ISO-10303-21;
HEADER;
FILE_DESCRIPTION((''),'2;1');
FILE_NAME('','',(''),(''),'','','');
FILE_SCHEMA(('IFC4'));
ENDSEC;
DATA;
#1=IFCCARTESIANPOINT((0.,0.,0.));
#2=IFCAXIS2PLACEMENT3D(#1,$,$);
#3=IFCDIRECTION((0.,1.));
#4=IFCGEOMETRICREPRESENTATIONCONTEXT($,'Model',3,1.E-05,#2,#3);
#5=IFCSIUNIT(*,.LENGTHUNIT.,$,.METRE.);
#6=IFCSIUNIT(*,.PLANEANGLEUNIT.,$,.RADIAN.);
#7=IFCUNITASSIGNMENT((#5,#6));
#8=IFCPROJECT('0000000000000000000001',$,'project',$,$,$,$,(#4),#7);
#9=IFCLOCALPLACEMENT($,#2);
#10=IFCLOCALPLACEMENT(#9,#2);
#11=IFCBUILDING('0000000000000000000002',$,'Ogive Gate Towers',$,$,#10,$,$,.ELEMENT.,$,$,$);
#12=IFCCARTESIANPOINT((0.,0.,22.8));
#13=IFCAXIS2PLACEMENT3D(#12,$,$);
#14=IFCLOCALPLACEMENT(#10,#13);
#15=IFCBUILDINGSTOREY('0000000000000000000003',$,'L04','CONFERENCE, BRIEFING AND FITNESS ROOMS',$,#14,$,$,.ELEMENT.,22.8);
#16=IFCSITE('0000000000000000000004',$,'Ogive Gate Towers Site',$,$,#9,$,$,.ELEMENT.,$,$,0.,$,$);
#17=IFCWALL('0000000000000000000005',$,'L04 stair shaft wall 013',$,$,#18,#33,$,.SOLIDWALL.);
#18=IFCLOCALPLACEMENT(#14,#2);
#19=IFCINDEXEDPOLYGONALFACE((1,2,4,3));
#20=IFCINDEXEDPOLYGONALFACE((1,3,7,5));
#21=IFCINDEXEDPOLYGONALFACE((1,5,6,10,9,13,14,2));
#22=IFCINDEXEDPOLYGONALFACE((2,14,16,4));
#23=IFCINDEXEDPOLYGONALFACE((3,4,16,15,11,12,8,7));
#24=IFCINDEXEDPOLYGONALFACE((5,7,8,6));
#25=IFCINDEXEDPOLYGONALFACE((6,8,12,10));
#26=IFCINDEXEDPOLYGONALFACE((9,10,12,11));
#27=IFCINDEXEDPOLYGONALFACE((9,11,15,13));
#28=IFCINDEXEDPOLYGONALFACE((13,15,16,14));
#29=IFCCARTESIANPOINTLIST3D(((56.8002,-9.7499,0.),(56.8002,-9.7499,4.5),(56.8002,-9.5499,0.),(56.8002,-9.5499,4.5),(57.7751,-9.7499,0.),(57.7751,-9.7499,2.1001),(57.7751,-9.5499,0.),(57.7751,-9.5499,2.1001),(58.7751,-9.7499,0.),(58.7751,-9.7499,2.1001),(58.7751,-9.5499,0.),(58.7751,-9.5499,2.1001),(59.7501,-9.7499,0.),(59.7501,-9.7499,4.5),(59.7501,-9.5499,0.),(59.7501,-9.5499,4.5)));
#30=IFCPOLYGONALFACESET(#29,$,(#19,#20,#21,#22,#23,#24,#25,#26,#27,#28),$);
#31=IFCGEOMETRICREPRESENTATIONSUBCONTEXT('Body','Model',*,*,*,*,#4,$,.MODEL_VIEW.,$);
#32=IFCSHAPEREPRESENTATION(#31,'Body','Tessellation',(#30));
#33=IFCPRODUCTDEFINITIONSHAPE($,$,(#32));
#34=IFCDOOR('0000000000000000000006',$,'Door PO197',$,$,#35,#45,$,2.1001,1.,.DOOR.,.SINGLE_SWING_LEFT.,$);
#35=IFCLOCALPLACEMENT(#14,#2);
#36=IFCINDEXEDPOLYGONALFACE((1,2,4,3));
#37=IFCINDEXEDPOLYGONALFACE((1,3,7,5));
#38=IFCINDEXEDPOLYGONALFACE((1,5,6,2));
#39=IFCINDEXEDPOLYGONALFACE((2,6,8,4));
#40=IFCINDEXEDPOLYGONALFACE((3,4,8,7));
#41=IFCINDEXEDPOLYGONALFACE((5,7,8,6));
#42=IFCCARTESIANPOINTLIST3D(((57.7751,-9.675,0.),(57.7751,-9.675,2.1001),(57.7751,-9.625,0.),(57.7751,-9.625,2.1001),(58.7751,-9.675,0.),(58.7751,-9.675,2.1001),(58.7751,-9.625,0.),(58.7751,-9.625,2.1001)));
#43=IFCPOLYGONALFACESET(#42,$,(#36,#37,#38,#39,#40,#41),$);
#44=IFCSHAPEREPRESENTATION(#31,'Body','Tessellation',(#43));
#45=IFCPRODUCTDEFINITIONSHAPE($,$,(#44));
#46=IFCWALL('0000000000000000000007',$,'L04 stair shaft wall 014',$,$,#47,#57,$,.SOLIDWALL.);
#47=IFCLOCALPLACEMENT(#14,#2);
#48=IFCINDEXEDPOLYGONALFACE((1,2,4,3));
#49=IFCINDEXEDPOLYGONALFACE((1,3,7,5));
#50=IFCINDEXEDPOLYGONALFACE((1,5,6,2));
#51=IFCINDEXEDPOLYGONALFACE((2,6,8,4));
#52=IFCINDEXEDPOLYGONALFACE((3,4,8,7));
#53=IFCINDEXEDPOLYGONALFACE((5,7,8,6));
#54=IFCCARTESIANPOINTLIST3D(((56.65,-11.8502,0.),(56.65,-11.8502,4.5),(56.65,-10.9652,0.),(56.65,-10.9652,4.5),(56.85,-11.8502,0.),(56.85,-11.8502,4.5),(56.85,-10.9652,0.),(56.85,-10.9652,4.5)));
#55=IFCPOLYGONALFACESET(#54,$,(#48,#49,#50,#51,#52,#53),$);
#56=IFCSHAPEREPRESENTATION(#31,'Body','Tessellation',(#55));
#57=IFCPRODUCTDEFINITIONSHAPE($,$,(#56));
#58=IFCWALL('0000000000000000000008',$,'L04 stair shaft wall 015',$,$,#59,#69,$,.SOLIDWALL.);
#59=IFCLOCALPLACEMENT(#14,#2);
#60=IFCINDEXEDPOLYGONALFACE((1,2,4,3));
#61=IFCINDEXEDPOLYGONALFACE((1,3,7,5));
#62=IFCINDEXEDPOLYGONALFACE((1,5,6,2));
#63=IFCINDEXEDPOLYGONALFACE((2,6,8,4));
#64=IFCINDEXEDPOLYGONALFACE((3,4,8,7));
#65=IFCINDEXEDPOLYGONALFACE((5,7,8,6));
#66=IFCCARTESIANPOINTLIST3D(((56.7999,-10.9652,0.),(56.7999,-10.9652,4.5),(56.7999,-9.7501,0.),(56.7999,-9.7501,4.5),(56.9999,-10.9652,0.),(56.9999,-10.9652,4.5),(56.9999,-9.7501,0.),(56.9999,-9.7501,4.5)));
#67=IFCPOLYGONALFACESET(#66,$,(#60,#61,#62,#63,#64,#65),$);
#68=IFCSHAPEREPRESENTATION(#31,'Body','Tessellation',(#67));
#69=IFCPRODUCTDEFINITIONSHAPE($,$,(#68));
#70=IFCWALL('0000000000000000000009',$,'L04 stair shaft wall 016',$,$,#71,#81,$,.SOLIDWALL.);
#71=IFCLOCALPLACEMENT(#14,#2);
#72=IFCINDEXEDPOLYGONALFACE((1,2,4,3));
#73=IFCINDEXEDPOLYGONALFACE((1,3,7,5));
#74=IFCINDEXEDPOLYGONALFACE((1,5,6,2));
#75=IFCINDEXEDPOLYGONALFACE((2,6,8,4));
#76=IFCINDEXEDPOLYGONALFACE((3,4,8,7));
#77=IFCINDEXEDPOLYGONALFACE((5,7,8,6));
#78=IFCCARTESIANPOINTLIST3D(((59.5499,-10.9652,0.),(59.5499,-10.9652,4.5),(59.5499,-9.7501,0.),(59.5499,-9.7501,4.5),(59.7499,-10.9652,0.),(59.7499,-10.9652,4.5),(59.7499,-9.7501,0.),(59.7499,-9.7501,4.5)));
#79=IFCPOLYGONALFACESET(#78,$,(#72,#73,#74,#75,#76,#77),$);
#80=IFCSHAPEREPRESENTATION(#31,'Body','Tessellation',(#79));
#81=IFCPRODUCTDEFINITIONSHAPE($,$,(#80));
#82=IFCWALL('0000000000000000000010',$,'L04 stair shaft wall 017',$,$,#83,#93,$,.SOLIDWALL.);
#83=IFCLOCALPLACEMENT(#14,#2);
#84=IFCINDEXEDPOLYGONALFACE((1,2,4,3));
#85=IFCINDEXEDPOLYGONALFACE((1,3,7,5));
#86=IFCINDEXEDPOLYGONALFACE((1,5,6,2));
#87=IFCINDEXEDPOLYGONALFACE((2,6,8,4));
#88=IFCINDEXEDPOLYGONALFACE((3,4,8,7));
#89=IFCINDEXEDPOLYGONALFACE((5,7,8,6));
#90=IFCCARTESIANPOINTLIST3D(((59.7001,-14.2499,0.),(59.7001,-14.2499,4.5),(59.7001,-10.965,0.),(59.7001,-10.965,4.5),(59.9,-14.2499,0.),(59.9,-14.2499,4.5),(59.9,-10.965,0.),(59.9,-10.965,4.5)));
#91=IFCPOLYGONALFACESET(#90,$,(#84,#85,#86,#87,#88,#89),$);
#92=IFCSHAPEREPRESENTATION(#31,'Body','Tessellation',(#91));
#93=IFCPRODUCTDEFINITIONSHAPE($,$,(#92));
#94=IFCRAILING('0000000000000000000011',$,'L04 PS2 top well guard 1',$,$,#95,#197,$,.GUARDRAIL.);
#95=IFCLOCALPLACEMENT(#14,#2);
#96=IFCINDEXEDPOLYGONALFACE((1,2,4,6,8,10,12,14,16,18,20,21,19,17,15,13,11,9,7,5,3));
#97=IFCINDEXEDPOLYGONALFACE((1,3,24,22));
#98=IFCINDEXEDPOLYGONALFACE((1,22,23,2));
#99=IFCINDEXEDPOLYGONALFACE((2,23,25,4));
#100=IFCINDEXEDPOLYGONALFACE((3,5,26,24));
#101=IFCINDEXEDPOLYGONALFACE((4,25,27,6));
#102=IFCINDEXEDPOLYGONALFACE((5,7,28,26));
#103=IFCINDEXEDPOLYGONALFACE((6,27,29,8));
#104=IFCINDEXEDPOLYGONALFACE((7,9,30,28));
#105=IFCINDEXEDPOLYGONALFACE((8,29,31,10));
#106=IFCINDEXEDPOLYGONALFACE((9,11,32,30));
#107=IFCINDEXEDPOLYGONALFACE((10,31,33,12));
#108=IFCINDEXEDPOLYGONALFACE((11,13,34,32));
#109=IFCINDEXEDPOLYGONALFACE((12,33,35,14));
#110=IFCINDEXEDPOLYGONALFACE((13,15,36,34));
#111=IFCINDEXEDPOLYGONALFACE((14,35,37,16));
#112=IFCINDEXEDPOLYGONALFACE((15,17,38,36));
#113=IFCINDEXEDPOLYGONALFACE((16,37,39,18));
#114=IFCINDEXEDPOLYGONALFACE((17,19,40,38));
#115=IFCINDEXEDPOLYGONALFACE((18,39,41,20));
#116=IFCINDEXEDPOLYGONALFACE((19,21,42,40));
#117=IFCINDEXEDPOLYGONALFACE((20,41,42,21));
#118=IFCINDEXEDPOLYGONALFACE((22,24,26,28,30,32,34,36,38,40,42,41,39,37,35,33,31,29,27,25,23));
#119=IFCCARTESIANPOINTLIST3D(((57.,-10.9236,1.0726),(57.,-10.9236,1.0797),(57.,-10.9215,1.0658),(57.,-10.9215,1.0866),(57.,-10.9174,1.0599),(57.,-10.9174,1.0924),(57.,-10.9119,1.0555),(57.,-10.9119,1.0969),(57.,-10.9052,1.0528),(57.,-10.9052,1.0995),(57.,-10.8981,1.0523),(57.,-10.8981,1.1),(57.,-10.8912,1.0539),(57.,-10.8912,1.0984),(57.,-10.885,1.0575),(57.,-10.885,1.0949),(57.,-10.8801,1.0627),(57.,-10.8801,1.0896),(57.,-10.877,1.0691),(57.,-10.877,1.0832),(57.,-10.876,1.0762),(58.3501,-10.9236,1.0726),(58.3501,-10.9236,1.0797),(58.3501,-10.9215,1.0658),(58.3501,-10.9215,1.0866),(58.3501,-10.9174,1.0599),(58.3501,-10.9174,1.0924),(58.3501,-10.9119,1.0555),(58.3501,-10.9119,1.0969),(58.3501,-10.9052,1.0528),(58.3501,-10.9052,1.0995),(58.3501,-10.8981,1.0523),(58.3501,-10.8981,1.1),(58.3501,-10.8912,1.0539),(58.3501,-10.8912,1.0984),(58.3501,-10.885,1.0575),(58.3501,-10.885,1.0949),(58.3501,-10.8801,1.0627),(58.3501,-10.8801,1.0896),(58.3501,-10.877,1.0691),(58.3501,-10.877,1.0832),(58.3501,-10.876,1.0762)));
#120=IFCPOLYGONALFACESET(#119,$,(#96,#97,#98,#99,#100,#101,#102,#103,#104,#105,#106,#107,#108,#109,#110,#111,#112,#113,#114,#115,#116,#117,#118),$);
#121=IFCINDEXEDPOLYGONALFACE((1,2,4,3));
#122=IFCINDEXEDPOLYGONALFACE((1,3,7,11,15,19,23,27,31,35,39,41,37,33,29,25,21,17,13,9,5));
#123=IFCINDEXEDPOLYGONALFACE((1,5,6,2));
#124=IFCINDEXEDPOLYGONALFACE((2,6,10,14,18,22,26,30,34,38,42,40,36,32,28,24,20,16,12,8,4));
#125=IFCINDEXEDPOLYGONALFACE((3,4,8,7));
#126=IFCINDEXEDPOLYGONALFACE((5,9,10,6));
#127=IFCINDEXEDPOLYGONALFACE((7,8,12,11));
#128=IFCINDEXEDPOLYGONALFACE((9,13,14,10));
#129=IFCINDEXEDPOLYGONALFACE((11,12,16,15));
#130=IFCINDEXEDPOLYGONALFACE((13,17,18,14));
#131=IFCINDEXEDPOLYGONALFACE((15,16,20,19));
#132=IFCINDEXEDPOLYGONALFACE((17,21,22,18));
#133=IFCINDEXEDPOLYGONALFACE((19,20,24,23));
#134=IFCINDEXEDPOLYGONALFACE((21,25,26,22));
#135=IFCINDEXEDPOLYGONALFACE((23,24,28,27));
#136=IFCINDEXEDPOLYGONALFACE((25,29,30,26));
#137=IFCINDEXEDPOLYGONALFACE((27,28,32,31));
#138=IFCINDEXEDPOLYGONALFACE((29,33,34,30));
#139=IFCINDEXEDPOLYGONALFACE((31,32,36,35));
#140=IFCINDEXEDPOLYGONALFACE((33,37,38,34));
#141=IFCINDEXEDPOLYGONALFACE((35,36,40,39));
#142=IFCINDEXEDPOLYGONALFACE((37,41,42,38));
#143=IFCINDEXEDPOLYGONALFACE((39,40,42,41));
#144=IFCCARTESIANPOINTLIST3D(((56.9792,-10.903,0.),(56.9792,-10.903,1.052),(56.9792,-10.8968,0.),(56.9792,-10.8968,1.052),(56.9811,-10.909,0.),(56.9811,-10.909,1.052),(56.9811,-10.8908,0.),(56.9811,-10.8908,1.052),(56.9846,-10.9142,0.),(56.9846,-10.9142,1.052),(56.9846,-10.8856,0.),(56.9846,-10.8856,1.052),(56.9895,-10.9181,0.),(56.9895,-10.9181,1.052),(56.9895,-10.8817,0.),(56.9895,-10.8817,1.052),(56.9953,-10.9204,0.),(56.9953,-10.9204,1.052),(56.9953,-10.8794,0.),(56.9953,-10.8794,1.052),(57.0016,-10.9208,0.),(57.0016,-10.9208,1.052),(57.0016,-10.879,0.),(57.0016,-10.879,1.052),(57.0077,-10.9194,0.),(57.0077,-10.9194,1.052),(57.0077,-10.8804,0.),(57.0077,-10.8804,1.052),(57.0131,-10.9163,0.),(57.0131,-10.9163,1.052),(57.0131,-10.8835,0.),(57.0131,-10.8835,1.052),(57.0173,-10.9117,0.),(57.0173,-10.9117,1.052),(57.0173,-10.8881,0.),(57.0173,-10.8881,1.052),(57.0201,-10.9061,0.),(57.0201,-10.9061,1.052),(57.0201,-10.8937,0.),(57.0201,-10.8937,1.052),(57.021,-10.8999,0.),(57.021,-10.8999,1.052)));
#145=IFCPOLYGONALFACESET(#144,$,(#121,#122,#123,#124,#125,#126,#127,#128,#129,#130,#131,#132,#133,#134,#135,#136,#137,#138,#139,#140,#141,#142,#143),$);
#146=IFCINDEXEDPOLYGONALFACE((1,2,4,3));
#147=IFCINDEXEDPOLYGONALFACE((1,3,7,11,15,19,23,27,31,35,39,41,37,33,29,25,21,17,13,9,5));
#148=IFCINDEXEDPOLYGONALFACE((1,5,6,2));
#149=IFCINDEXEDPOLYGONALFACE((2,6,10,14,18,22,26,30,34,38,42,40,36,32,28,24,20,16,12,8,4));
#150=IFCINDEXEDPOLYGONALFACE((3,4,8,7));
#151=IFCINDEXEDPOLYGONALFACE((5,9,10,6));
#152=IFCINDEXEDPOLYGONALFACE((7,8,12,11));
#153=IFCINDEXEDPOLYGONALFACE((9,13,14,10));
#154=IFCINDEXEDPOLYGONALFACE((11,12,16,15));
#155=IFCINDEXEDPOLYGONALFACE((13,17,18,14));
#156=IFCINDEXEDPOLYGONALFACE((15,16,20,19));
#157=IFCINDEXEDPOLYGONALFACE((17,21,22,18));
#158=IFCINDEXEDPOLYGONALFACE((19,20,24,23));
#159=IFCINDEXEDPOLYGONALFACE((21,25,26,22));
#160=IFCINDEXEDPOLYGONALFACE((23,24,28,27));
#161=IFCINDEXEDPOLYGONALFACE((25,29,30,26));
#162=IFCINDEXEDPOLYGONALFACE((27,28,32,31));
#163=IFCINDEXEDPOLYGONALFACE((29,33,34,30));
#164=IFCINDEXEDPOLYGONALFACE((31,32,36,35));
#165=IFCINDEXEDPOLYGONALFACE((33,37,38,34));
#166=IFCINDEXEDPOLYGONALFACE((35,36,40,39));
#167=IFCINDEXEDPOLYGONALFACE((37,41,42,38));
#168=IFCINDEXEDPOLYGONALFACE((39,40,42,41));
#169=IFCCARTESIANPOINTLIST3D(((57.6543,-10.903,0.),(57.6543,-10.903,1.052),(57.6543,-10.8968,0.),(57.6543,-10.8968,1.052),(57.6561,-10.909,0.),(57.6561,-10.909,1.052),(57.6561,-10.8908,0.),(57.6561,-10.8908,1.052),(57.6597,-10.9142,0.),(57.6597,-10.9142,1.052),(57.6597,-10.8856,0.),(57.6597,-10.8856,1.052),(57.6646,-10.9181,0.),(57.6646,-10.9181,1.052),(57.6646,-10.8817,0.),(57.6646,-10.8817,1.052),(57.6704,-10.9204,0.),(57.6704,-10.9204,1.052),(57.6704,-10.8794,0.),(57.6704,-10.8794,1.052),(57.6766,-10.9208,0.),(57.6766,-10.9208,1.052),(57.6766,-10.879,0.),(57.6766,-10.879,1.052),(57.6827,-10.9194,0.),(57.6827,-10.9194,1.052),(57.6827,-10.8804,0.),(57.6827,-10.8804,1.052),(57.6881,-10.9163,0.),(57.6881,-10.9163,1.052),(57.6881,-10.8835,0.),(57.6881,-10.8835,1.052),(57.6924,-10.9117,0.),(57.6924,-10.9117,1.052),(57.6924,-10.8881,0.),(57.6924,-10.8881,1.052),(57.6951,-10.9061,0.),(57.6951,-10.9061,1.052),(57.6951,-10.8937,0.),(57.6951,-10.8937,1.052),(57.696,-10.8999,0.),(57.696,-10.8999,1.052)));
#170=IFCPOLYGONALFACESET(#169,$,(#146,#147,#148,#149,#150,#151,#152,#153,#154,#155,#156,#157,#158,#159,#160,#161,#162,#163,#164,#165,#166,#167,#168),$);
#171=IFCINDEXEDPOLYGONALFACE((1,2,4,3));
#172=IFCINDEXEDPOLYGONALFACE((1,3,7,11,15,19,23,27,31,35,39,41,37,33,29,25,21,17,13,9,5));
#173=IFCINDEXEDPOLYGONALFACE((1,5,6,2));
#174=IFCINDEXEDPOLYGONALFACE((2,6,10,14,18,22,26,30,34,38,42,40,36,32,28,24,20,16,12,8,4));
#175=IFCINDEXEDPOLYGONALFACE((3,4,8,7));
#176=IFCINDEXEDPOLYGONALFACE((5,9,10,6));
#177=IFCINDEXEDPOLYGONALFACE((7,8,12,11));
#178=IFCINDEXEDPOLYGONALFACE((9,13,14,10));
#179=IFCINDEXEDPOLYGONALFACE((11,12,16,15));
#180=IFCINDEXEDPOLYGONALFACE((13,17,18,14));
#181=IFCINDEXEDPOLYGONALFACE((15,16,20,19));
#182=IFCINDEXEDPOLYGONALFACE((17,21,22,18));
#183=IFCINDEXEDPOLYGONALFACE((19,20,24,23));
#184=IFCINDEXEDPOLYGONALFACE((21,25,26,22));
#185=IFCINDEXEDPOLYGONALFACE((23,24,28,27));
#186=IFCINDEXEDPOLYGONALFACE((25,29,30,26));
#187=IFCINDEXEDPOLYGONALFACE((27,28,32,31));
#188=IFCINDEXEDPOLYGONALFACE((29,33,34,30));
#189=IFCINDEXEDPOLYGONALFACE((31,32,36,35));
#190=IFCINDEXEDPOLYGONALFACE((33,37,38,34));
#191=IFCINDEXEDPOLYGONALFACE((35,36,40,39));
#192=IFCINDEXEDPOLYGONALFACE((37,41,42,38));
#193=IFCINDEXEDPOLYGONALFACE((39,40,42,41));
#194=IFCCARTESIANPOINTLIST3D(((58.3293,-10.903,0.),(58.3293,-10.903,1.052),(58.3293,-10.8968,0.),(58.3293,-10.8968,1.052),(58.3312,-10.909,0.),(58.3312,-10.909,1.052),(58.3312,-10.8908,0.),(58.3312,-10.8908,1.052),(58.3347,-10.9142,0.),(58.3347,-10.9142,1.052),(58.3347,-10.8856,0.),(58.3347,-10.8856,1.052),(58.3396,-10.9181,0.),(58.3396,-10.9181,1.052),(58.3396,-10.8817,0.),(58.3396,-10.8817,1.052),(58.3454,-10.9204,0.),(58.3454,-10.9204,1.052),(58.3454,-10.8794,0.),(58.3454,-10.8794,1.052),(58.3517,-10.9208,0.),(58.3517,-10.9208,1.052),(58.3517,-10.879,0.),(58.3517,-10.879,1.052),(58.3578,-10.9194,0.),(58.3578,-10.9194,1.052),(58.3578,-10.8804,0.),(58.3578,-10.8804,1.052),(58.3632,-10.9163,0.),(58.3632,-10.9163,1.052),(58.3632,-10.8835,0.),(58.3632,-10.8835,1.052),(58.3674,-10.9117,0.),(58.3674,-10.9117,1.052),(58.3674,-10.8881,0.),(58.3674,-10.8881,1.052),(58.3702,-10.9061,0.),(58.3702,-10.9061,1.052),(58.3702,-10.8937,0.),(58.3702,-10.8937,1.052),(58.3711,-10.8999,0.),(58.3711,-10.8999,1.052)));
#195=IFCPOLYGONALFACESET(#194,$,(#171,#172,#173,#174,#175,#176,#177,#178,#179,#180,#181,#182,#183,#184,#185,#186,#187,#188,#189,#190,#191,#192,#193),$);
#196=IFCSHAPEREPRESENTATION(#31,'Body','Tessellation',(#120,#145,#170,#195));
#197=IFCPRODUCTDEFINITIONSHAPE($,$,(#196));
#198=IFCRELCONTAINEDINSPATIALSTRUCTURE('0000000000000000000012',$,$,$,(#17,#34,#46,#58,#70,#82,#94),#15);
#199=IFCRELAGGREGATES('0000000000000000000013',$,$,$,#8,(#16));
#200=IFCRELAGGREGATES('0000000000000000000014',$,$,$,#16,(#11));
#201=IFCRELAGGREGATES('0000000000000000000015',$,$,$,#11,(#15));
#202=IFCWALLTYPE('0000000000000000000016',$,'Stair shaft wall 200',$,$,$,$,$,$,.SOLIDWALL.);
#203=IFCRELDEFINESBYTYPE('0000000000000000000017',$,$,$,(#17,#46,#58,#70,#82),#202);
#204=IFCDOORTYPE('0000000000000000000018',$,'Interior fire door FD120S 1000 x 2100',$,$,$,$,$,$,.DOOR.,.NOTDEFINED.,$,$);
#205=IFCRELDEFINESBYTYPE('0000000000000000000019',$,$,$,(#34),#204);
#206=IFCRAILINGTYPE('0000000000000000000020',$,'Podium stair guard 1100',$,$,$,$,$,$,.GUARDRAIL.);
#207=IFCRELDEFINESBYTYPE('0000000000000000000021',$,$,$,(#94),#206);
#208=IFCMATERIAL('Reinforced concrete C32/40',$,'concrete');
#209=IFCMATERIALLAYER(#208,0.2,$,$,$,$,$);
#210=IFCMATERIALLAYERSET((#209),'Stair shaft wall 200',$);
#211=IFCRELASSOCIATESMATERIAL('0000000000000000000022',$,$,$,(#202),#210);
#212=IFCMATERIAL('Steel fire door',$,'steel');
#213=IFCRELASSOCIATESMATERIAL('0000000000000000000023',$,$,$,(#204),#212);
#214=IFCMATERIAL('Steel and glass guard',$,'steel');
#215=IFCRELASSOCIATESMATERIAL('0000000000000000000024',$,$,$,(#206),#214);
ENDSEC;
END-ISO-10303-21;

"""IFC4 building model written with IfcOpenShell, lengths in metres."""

from ifc_helpers import new_model, si_unit, direction, frame, frame_2d, origin, origin_2d, place, context, subcontext, project, spatial, rectangle, circle, extrude, material, layer, layer_set, type_object, element, fill, save


model = new_model("IFC4")

# Units and contexts
model_context = context("Model", 3, precision=1e-05, world=origin(), true_north=direction((0.0, 1.0)))
body_context = subcontext(model_context, "Body", "Model", "MODEL_VIEW")
ifc_project = project(units=[si_unit("LENGTHUNIT", "METRE"), si_unit("PLANEANGLEUNIT", "RADIAN")], contexts=[model_context])

# Site, building, storey
site_placement = place(None, origin())
site = spatial("IfcSite", under=ifc_project, at=site_placement, Name="Ogive Gate Towers Site", CompositionType="ELEMENT", RefElevation=0.0)
building_placement = place(site_placement, origin())
building = spatial("IfcBuilding", under=site, at=building_placement, Name="Ogive Gate Towers", CompositionType="ELEMENT")
storey_placement = place(building_placement, frame((0.0, 0.0, 22.8)))
storey = spatial("IfcBuildingStorey", under=building, at=storey_placement, Name="L04", Description="CONFERENCE, BRIEFING AND FITNESS ROOMS", CompositionType="ELEMENT", Elevation=22.8)

# Shared definitions
ifc_material_1 = material(Name="Reinforced concrete C32/40", Category="concrete")
ifc_layer_1 = layer(ifc_material_1, 0.2)
ifc_layer_set_1 = layer_set([ifc_layer_1], Name="Stair shaft wall 200")
wall_type_1 = type_object("IfcWallType", Name="Stair shaft wall 200", PredefinedType="SOLIDWALL", material=ifc_layer_set_1)

# Wall, opening, door
wall_1_placement = place(storey_placement, frame((56.8, -9.6499, 0.0), z_axis=(0.0, 0.0, 1.0), x_axis=(1.0, 0.0, 0.0)))
wall_1 = element("IfcWall", 1, at=wall_1_placement, inside=storey, type_object=wall_type_1, Name="L04 stair shaft wall 013", PredefinedType="SOLIDWALL", context=body_context, shape_type="SweptSolid", body=[
    extrude(rectangle(XDim=2.95, YDim=0.2, at=frame_2d((1.4751, 0.0))), origin(), (0.0, 0.0, 1.0), 4.5),
])
opening_1_placement = place(wall_1_placement, frame((0.9751, 0.0, 0.0)))
opening_1 = element("IfcOpeningElement", 2, at=opening_1_placement, cuts=wall_1, PredefinedType="OPENING", context=body_context, shape_type="SweptSolid", body=[
    extrude(rectangle(XDim=1.0, YDim=2.1001, at=frame_2d((0.5, 1.05))), frame((0.0, 0.1099, 0.0), z_axis=(0.0, -1.0, 0.0), x_axis=(1.0, 0.0, 0.0)), (0.0, 0.0, 1.0), 0.22),
])
ifc_material_2 = material(Name="Steel fire door", Category="steel")
door_type_1 = type_object("IfcDoorType", Name="Interior fire door FD120S 1000 x 2100", OperationType="NOTDEFINED", PredefinedType="DOOR", material=ifc_material_2)
door_1_placement = place(opening_1_placement, origin())
door_1 = element("IfcDoor", 3, at=door_1_placement, inside=storey, type_object=door_type_1, Name="Door PO197", OperationType="SINGLE_SWING_LEFT", OverallHeight=2.1001, OverallWidth=1.0, PredefinedType="DOOR", context=body_context, shape_type="SweptSolid", body=[
    extrude(rectangle(XDim=1.0, YDim=2.1001, at=frame_2d((0.5, 1.05))), frame((0.0, 0.0249, 0.0), z_axis=(0.0, -1.0, 0.0), x_axis=(1.0, 0.0, 0.0)), (0.0, 0.0, 1.0), 0.05),
])
fill(opening_1, door_1)

# Walls
wall_2_placement = place(storey_placement, frame((56.75, -11.8501, 0.0), z_axis=(0.0, 0.0, 1.0), x_axis=(0.0, 1.0, 0.0)))
element("IfcWall", 4, at=wall_2_placement, inside=storey, type_object=wall_type_1, Name="L04 stair shaft wall 014", PredefinedType="SOLIDWALL", context=body_context, shape_type="SweptSolid", body=[
    extrude(rectangle(XDim=0.885, YDim=0.2, at=frame_2d((0.4424, 0.0))), origin(), (0.0, 0.0, 1.0), 4.5),
])
for number, where, z_axis, x_axis, name in (
    (5, (56.8999, -10.9651, 0.0), (0.0, 0.0, 1.0), (0.0, 1.0, 0.0), "L04 stair shaft wall 015"),
    (6, (59.6499, -10.9651, 0.0), (0.0, 0.0, 1.0), (0.0, 1.0, 0.0), "L04 stair shaft wall 016"),
):
    element("IfcWall", number, at=place(storey_placement, frame(where, z_axis=z_axis, x_axis=x_axis)), inside=storey, type_object=wall_type_1, Name=name, PredefinedType="SOLIDWALL", context=body_context, shape_type="SweptSolid", body=[
        extrude(rectangle(XDim=1.2151, YDim=0.2, at=frame_2d((0.6074, 0.0))), origin(), (0.0, 0.0, 1.0), 4.5),
    ])
wall_3_placement = place(storey_placement, frame((59.8, -14.25, 0.0), z_axis=(0.0, 0.0, 1.0), x_axis=(0.0, 1.0, 0.0)))
element("IfcWall", 7, at=wall_3_placement, inside=storey, type_object=wall_type_1, Name="L04 stair shaft wall 017", PredefinedType="SOLIDWALL", context=body_context, shape_type="SweptSolid", body=[
    extrude(rectangle(XDim=3.2849, YDim=0.2, at=frame_2d((1.6426, 0.0))), origin(), (0.0, 0.0, 1.0), 4.5),
])

# Railing
ifc_material_3 = material(Name="Steel and glass guard", Category="steel")
railing_type_1 = type_object("IfcRailingType", Name="Podium stair guard 1100", PredefinedType="GUARDRAIL", material=ifc_material_3)
railing_1_placement = place(storey_placement, frame((57.0, -10.8999, 0.0)))
element("IfcRailing", 8, at=railing_1_placement, inside=storey, type_object=railing_type_1, Name="L04 PS2 top well guard 1", PredefinedType="GUARDRAIL", context=body_context, shape_type="SweptSolid", body=[
    extrude(circle(Radius=0.0239, at=origin_2d()), frame((0.0, 0.0, 1.0762), z_axis=(1.0, 0.0, 0.0), x_axis=(0.0, 1.0, 0.0)), (0.0, 0.0, 1.0), 1.3501),
    extrude(circle(Radius=0.021, at=origin_2d()), origin(), (0.0, 0.0, 1.0), 1.052),
    extrude(circle(Radius=0.021, at=origin_2d()), frame((0.675, 0.0, 0.0)), (0.0, 0.0, 1.0), 1.052),
    extrude(circle(Radius=0.021, at=origin_2d()), frame((1.3501, 0.0, 0.0)), (0.0, 0.0, 1.0), 1.052),
])

save(model, "model.ifc")
